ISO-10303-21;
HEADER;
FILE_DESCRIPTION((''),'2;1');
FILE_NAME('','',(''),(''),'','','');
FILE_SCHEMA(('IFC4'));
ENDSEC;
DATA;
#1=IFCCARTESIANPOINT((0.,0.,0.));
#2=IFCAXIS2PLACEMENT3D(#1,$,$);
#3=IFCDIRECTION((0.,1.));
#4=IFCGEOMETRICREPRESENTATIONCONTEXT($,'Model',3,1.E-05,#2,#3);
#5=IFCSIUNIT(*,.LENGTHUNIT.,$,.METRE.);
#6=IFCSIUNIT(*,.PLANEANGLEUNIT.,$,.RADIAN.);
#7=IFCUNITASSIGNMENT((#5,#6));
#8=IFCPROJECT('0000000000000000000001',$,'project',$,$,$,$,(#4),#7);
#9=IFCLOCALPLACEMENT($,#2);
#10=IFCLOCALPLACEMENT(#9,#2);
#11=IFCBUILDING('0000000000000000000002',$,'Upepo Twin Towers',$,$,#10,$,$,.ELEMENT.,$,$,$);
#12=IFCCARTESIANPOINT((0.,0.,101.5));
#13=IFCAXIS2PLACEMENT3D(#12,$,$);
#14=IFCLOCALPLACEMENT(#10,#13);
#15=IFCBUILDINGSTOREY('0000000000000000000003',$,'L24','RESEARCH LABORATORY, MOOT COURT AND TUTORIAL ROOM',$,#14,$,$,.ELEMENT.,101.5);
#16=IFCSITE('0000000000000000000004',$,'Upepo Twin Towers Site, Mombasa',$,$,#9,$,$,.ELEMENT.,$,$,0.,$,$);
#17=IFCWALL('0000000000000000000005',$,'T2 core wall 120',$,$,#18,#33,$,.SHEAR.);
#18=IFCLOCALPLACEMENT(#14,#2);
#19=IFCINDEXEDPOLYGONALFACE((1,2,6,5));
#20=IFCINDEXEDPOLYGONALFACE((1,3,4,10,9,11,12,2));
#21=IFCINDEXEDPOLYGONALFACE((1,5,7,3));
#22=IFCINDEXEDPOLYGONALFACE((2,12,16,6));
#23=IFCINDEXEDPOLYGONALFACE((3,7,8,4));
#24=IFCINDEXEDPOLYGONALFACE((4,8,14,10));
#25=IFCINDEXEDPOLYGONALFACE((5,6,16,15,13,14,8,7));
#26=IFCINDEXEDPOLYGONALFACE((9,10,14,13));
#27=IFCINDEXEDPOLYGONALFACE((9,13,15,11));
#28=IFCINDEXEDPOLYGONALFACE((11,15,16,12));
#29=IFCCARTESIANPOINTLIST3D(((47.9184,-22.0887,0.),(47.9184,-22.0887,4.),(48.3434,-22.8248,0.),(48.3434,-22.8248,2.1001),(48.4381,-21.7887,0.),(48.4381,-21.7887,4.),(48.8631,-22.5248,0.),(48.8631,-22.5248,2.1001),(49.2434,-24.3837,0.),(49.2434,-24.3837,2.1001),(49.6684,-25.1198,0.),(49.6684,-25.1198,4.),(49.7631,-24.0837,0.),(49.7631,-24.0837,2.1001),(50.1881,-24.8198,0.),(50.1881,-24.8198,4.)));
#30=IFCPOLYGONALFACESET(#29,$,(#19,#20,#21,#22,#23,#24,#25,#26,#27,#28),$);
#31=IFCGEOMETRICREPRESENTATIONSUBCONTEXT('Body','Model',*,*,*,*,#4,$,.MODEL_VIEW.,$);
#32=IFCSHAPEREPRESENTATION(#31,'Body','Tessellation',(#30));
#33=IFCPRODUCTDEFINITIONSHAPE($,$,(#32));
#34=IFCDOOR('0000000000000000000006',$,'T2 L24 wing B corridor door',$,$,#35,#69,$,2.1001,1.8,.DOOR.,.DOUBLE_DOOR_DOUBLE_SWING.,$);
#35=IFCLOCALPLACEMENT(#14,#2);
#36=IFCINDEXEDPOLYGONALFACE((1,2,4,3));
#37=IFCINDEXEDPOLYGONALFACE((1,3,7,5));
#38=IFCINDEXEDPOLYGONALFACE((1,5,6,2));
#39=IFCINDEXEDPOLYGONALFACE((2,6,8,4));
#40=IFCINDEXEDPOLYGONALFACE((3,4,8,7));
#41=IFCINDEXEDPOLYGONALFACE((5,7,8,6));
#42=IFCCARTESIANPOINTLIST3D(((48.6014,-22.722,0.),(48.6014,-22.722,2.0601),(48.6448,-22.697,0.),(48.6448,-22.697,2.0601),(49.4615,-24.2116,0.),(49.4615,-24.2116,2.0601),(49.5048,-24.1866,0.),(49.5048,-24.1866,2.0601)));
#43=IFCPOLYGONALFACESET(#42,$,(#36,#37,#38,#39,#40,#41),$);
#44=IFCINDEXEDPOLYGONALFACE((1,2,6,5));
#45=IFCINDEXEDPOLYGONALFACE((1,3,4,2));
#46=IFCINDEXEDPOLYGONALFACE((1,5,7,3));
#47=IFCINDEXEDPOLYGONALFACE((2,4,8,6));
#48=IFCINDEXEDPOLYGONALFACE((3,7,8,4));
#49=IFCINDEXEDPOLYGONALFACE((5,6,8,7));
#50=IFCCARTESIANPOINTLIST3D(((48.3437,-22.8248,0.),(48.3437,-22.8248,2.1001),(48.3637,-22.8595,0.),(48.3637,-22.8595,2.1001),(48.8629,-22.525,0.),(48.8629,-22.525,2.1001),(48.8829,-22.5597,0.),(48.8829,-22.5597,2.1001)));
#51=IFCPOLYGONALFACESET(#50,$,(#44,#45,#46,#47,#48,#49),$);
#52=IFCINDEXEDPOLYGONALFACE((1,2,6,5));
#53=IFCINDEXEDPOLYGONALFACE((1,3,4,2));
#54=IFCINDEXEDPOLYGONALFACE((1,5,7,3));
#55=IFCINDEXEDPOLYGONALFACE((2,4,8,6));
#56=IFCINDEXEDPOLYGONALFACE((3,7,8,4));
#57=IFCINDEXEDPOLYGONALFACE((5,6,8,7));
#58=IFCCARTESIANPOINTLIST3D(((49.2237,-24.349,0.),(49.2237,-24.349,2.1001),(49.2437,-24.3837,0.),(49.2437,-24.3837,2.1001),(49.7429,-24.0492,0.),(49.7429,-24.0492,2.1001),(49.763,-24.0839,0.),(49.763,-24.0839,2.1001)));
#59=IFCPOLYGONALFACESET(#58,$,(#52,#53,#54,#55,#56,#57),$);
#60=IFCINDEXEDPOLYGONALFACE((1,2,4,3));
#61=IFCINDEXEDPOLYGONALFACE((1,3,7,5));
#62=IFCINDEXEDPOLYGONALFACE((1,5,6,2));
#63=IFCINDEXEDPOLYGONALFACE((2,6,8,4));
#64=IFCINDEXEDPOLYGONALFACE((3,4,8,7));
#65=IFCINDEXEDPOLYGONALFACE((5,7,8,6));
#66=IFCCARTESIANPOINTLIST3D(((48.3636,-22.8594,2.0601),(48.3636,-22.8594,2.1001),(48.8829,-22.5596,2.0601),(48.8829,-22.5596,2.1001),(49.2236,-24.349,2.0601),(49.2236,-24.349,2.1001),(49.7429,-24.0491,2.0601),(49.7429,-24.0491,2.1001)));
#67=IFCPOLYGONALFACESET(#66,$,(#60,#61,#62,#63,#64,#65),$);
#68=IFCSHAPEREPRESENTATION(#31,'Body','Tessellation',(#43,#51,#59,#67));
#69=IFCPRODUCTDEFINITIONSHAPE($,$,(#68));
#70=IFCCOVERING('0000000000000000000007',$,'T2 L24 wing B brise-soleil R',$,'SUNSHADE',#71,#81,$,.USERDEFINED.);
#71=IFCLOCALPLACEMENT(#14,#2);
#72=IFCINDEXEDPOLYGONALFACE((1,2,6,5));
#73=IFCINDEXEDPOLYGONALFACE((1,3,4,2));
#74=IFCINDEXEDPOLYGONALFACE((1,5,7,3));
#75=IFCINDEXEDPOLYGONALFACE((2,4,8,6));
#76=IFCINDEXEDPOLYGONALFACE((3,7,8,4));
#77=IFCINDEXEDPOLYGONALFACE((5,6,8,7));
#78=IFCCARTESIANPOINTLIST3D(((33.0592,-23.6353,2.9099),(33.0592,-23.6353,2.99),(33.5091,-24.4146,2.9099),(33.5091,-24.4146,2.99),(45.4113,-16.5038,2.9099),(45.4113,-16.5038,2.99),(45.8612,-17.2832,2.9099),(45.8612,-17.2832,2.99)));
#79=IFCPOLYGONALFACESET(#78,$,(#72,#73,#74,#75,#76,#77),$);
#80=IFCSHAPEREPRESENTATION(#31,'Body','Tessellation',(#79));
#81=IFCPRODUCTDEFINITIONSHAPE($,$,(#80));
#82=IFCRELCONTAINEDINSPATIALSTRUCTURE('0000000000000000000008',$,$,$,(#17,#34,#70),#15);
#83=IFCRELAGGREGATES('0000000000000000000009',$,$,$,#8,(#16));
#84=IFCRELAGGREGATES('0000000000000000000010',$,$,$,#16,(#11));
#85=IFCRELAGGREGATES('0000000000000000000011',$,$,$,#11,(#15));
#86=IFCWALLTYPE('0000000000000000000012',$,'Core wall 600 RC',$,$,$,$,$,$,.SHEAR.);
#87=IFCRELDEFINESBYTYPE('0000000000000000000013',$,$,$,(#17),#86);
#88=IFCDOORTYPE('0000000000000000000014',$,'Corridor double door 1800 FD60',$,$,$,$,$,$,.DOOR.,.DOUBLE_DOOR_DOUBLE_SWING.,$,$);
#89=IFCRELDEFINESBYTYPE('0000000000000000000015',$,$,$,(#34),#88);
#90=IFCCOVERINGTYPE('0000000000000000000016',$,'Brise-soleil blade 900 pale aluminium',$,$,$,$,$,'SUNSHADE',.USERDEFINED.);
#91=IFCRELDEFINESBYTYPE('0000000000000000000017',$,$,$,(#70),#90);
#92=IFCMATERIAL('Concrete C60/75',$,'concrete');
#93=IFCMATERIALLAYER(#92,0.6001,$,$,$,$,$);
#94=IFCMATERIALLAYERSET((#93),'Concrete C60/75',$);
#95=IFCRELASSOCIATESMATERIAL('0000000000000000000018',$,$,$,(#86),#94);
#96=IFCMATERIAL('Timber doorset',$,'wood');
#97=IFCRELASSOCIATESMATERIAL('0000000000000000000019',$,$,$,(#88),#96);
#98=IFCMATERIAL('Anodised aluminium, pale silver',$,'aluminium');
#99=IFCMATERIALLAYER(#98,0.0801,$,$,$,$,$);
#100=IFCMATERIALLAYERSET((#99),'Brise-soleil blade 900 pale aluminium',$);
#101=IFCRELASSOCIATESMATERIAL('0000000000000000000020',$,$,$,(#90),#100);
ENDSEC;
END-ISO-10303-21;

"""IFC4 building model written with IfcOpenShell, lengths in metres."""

from ifc_helpers import new_model, si_unit, direction, frame, frame_2d, origin, origin_2d, place, context, subcontext, project, spatial, rectangle, extrude, material, layer, layer_set, type_object, element, fill, save


model = new_model("IFC4")

# Units and contexts
model_context = context("Model", 3, precision=1e-05, world=origin(), true_north=direction((0.0, 1.0)))
body_context = subcontext(model_context, "Body", "Model", "MODEL_VIEW")
ifc_project = project(units=[si_unit("LENGTHUNIT", "METRE"), si_unit("PLANEANGLEUNIT", "RADIAN")], contexts=[model_context])

# Site, building, storey
site_placement = place(None, origin())
site = spatial("IfcSite", under=ifc_project, at=site_placement, Name="Upepo Twin Towers Site, Mombasa", CompositionType="ELEMENT", RefElevation=0.0)
building_placement = place(site_placement, origin())
building = spatial("IfcBuilding", under=site, at=building_placement, Name="Upepo Twin Towers", CompositionType="ELEMENT")
storey_placement = place(building_placement, frame((0.0, 0.0, 101.5)))
storey = spatial("IfcBuildingStorey", under=building, at=storey_placement, Name="L24", Description="RESEARCH LABORATORY, MOOT COURT AND TUTORIAL ROOM", CompositionType="ELEMENT", Elevation=101.5)

# Shared definitions
ifc_material_1 = material(Name="Concrete C60/75", Category="concrete")
ifc_layer_1 = layer(ifc_material_1, 0.6001)
ifc_layer_set_1 = layer_set([ifc_layer_1], Name="Concrete C60/75")
wall_type = type_object("IfcWallType", Name="Core wall 600 RC", PredefinedType="SHEAR", material=ifc_layer_set_1)

# Wall, opening, door
wall_1_placement = place(storey_placement, frame((48.1782, -21.9387, 0.0), z_axis=(0.0, 0.0, 1.0), x_axis=(0.50001, -0.866019, 0.0)))
wall_1 = element("IfcWall", 1, at=wall_1_placement, inside=storey, type_object=wall_type, Name="T2 core wall 120", PredefinedType="SHEAR", context=body_context, shape_type="SweptSolid", body=[
    extrude(rectangle(XDim=3.5, YDim=0.6001, at=frame_2d((1.75, 0.0))), origin(), (0.0, 0.0, 1.0), 4.0),
])
opening_placement = place(wall_1_placement, frame((0.8501, 0.0, 0.0)))
opening = element("IfcOpeningElement", 2, at=opening_placement, cuts=wall_1, PredefinedType="OPENING", context=body_context, shape_type="SweptSolid", body=[
    extrude(rectangle(XDim=1.8, YDim=2.1001, at=frame_2d((0.8999, 1.05))), frame((0.0, 0.3101, 0.0), z_axis=(0.0, -1.0, 0.0), x_axis=(1.0, 0.0, 0.0)), (0.0, 0.0, 1.0), 0.6201),
])
ifc_material_2 = material(Name="Timber doorset", Category="wood")
door_type = type_object("IfcDoorType", Name="Corridor double door 1800 FD60", OperationType="DOUBLE_DOOR_DOUBLE_SWING", PredefinedType="DOOR", material=ifc_material_2)
door_placement = place(opening_placement, origin())
door = element("IfcDoor", 3, at=door_placement, inside=storey, type_object=door_type, Name="T2 L24 wing B corridor door", OperationType="DOUBLE_DOOR_DOUBLE_SWING", OverallHeight=2.1001, OverallWidth=1.8, PredefinedType="DOOR", context=body_context, shape_type="SweptSolid", body=[
    extrude(rectangle(XDim=1.72, YDim=2.0601, at=frame_2d((0.8999, 1.03))), frame((0.0, 0.0249, 0.0), z_axis=(0.0, -1.0, 0.0), x_axis=(1.0, 0.0, 0.0)), (0.0, 0.0, 1.0), 0.05),
    extrude(rectangle(XDim=0.04, YDim=2.1001, at=frame_2d((0.02, 1.05))), frame((0.0, 0.2998, 0.0), z_axis=(0.0, -1.0, 0.0), x_axis=(1.0, 0.0, 0.0)), (0.0, 0.0, 1.0), 0.5996),
    extrude(rectangle(XDim=0.04, YDim=2.1001, at=frame_2d((1.78, 1.05))), frame((0.0, 0.2998, 0.0), z_axis=(0.0, -1.0, 0.0), x_axis=(1.0, 0.0, 0.0)), (0.0, 0.0, 1.0), 0.5996),
    extrude(rectangle(XDim=1.72, YDim=0.04, at=frame_2d((0.8999, 2.0801))), frame((0.0, 0.2998, 0.0), z_axis=(0.0, -1.0, 0.0), x_axis=(1.0, 0.0, 0.0)), (0.0, 0.0, 1.0), 0.5996),
])
fill(opening, door)

# Covering
ifc_material_3 = material(Name="Anodised aluminium, pale silver", Category="aluminium")
ifc_layer_2 = layer(ifc_material_3, 0.0801)
ifc_layer_set_2 = layer_set([ifc_layer_2], Name="Brise-soleil blade 900 pale aluminium")
covering_type = type_object("IfcCoveringType", Name="Brise-soleil blade 900 pale aluminium", ElementType="SUNSHADE", PredefinedType="USERDEFINED", material=ifc_layer_set_2)
covering_placement = place(storey_placement, frame((39.4602, -20.4592, 2.9099), z_axis=(0.0, 0.0, 1.0), x_axis=(-0.866025, -0.5, 0.0)))
element("IfcCovering", 4, at=covering_placement, inside=storey, type_object=covering_type, Name="T2 L24 wing B brise-soleil R", ObjectType="SUNSHADE", PredefinedType="USERDEFINED", context=body_context, shape_type="SweptSolid", body=[
    extrude(rectangle(XDim=14.2629, YDim=0.8999, at=origin_2d()), origin(), (0.0, 0.0, 1.0), 0.0801),
])

save(model, "model.ifc")
